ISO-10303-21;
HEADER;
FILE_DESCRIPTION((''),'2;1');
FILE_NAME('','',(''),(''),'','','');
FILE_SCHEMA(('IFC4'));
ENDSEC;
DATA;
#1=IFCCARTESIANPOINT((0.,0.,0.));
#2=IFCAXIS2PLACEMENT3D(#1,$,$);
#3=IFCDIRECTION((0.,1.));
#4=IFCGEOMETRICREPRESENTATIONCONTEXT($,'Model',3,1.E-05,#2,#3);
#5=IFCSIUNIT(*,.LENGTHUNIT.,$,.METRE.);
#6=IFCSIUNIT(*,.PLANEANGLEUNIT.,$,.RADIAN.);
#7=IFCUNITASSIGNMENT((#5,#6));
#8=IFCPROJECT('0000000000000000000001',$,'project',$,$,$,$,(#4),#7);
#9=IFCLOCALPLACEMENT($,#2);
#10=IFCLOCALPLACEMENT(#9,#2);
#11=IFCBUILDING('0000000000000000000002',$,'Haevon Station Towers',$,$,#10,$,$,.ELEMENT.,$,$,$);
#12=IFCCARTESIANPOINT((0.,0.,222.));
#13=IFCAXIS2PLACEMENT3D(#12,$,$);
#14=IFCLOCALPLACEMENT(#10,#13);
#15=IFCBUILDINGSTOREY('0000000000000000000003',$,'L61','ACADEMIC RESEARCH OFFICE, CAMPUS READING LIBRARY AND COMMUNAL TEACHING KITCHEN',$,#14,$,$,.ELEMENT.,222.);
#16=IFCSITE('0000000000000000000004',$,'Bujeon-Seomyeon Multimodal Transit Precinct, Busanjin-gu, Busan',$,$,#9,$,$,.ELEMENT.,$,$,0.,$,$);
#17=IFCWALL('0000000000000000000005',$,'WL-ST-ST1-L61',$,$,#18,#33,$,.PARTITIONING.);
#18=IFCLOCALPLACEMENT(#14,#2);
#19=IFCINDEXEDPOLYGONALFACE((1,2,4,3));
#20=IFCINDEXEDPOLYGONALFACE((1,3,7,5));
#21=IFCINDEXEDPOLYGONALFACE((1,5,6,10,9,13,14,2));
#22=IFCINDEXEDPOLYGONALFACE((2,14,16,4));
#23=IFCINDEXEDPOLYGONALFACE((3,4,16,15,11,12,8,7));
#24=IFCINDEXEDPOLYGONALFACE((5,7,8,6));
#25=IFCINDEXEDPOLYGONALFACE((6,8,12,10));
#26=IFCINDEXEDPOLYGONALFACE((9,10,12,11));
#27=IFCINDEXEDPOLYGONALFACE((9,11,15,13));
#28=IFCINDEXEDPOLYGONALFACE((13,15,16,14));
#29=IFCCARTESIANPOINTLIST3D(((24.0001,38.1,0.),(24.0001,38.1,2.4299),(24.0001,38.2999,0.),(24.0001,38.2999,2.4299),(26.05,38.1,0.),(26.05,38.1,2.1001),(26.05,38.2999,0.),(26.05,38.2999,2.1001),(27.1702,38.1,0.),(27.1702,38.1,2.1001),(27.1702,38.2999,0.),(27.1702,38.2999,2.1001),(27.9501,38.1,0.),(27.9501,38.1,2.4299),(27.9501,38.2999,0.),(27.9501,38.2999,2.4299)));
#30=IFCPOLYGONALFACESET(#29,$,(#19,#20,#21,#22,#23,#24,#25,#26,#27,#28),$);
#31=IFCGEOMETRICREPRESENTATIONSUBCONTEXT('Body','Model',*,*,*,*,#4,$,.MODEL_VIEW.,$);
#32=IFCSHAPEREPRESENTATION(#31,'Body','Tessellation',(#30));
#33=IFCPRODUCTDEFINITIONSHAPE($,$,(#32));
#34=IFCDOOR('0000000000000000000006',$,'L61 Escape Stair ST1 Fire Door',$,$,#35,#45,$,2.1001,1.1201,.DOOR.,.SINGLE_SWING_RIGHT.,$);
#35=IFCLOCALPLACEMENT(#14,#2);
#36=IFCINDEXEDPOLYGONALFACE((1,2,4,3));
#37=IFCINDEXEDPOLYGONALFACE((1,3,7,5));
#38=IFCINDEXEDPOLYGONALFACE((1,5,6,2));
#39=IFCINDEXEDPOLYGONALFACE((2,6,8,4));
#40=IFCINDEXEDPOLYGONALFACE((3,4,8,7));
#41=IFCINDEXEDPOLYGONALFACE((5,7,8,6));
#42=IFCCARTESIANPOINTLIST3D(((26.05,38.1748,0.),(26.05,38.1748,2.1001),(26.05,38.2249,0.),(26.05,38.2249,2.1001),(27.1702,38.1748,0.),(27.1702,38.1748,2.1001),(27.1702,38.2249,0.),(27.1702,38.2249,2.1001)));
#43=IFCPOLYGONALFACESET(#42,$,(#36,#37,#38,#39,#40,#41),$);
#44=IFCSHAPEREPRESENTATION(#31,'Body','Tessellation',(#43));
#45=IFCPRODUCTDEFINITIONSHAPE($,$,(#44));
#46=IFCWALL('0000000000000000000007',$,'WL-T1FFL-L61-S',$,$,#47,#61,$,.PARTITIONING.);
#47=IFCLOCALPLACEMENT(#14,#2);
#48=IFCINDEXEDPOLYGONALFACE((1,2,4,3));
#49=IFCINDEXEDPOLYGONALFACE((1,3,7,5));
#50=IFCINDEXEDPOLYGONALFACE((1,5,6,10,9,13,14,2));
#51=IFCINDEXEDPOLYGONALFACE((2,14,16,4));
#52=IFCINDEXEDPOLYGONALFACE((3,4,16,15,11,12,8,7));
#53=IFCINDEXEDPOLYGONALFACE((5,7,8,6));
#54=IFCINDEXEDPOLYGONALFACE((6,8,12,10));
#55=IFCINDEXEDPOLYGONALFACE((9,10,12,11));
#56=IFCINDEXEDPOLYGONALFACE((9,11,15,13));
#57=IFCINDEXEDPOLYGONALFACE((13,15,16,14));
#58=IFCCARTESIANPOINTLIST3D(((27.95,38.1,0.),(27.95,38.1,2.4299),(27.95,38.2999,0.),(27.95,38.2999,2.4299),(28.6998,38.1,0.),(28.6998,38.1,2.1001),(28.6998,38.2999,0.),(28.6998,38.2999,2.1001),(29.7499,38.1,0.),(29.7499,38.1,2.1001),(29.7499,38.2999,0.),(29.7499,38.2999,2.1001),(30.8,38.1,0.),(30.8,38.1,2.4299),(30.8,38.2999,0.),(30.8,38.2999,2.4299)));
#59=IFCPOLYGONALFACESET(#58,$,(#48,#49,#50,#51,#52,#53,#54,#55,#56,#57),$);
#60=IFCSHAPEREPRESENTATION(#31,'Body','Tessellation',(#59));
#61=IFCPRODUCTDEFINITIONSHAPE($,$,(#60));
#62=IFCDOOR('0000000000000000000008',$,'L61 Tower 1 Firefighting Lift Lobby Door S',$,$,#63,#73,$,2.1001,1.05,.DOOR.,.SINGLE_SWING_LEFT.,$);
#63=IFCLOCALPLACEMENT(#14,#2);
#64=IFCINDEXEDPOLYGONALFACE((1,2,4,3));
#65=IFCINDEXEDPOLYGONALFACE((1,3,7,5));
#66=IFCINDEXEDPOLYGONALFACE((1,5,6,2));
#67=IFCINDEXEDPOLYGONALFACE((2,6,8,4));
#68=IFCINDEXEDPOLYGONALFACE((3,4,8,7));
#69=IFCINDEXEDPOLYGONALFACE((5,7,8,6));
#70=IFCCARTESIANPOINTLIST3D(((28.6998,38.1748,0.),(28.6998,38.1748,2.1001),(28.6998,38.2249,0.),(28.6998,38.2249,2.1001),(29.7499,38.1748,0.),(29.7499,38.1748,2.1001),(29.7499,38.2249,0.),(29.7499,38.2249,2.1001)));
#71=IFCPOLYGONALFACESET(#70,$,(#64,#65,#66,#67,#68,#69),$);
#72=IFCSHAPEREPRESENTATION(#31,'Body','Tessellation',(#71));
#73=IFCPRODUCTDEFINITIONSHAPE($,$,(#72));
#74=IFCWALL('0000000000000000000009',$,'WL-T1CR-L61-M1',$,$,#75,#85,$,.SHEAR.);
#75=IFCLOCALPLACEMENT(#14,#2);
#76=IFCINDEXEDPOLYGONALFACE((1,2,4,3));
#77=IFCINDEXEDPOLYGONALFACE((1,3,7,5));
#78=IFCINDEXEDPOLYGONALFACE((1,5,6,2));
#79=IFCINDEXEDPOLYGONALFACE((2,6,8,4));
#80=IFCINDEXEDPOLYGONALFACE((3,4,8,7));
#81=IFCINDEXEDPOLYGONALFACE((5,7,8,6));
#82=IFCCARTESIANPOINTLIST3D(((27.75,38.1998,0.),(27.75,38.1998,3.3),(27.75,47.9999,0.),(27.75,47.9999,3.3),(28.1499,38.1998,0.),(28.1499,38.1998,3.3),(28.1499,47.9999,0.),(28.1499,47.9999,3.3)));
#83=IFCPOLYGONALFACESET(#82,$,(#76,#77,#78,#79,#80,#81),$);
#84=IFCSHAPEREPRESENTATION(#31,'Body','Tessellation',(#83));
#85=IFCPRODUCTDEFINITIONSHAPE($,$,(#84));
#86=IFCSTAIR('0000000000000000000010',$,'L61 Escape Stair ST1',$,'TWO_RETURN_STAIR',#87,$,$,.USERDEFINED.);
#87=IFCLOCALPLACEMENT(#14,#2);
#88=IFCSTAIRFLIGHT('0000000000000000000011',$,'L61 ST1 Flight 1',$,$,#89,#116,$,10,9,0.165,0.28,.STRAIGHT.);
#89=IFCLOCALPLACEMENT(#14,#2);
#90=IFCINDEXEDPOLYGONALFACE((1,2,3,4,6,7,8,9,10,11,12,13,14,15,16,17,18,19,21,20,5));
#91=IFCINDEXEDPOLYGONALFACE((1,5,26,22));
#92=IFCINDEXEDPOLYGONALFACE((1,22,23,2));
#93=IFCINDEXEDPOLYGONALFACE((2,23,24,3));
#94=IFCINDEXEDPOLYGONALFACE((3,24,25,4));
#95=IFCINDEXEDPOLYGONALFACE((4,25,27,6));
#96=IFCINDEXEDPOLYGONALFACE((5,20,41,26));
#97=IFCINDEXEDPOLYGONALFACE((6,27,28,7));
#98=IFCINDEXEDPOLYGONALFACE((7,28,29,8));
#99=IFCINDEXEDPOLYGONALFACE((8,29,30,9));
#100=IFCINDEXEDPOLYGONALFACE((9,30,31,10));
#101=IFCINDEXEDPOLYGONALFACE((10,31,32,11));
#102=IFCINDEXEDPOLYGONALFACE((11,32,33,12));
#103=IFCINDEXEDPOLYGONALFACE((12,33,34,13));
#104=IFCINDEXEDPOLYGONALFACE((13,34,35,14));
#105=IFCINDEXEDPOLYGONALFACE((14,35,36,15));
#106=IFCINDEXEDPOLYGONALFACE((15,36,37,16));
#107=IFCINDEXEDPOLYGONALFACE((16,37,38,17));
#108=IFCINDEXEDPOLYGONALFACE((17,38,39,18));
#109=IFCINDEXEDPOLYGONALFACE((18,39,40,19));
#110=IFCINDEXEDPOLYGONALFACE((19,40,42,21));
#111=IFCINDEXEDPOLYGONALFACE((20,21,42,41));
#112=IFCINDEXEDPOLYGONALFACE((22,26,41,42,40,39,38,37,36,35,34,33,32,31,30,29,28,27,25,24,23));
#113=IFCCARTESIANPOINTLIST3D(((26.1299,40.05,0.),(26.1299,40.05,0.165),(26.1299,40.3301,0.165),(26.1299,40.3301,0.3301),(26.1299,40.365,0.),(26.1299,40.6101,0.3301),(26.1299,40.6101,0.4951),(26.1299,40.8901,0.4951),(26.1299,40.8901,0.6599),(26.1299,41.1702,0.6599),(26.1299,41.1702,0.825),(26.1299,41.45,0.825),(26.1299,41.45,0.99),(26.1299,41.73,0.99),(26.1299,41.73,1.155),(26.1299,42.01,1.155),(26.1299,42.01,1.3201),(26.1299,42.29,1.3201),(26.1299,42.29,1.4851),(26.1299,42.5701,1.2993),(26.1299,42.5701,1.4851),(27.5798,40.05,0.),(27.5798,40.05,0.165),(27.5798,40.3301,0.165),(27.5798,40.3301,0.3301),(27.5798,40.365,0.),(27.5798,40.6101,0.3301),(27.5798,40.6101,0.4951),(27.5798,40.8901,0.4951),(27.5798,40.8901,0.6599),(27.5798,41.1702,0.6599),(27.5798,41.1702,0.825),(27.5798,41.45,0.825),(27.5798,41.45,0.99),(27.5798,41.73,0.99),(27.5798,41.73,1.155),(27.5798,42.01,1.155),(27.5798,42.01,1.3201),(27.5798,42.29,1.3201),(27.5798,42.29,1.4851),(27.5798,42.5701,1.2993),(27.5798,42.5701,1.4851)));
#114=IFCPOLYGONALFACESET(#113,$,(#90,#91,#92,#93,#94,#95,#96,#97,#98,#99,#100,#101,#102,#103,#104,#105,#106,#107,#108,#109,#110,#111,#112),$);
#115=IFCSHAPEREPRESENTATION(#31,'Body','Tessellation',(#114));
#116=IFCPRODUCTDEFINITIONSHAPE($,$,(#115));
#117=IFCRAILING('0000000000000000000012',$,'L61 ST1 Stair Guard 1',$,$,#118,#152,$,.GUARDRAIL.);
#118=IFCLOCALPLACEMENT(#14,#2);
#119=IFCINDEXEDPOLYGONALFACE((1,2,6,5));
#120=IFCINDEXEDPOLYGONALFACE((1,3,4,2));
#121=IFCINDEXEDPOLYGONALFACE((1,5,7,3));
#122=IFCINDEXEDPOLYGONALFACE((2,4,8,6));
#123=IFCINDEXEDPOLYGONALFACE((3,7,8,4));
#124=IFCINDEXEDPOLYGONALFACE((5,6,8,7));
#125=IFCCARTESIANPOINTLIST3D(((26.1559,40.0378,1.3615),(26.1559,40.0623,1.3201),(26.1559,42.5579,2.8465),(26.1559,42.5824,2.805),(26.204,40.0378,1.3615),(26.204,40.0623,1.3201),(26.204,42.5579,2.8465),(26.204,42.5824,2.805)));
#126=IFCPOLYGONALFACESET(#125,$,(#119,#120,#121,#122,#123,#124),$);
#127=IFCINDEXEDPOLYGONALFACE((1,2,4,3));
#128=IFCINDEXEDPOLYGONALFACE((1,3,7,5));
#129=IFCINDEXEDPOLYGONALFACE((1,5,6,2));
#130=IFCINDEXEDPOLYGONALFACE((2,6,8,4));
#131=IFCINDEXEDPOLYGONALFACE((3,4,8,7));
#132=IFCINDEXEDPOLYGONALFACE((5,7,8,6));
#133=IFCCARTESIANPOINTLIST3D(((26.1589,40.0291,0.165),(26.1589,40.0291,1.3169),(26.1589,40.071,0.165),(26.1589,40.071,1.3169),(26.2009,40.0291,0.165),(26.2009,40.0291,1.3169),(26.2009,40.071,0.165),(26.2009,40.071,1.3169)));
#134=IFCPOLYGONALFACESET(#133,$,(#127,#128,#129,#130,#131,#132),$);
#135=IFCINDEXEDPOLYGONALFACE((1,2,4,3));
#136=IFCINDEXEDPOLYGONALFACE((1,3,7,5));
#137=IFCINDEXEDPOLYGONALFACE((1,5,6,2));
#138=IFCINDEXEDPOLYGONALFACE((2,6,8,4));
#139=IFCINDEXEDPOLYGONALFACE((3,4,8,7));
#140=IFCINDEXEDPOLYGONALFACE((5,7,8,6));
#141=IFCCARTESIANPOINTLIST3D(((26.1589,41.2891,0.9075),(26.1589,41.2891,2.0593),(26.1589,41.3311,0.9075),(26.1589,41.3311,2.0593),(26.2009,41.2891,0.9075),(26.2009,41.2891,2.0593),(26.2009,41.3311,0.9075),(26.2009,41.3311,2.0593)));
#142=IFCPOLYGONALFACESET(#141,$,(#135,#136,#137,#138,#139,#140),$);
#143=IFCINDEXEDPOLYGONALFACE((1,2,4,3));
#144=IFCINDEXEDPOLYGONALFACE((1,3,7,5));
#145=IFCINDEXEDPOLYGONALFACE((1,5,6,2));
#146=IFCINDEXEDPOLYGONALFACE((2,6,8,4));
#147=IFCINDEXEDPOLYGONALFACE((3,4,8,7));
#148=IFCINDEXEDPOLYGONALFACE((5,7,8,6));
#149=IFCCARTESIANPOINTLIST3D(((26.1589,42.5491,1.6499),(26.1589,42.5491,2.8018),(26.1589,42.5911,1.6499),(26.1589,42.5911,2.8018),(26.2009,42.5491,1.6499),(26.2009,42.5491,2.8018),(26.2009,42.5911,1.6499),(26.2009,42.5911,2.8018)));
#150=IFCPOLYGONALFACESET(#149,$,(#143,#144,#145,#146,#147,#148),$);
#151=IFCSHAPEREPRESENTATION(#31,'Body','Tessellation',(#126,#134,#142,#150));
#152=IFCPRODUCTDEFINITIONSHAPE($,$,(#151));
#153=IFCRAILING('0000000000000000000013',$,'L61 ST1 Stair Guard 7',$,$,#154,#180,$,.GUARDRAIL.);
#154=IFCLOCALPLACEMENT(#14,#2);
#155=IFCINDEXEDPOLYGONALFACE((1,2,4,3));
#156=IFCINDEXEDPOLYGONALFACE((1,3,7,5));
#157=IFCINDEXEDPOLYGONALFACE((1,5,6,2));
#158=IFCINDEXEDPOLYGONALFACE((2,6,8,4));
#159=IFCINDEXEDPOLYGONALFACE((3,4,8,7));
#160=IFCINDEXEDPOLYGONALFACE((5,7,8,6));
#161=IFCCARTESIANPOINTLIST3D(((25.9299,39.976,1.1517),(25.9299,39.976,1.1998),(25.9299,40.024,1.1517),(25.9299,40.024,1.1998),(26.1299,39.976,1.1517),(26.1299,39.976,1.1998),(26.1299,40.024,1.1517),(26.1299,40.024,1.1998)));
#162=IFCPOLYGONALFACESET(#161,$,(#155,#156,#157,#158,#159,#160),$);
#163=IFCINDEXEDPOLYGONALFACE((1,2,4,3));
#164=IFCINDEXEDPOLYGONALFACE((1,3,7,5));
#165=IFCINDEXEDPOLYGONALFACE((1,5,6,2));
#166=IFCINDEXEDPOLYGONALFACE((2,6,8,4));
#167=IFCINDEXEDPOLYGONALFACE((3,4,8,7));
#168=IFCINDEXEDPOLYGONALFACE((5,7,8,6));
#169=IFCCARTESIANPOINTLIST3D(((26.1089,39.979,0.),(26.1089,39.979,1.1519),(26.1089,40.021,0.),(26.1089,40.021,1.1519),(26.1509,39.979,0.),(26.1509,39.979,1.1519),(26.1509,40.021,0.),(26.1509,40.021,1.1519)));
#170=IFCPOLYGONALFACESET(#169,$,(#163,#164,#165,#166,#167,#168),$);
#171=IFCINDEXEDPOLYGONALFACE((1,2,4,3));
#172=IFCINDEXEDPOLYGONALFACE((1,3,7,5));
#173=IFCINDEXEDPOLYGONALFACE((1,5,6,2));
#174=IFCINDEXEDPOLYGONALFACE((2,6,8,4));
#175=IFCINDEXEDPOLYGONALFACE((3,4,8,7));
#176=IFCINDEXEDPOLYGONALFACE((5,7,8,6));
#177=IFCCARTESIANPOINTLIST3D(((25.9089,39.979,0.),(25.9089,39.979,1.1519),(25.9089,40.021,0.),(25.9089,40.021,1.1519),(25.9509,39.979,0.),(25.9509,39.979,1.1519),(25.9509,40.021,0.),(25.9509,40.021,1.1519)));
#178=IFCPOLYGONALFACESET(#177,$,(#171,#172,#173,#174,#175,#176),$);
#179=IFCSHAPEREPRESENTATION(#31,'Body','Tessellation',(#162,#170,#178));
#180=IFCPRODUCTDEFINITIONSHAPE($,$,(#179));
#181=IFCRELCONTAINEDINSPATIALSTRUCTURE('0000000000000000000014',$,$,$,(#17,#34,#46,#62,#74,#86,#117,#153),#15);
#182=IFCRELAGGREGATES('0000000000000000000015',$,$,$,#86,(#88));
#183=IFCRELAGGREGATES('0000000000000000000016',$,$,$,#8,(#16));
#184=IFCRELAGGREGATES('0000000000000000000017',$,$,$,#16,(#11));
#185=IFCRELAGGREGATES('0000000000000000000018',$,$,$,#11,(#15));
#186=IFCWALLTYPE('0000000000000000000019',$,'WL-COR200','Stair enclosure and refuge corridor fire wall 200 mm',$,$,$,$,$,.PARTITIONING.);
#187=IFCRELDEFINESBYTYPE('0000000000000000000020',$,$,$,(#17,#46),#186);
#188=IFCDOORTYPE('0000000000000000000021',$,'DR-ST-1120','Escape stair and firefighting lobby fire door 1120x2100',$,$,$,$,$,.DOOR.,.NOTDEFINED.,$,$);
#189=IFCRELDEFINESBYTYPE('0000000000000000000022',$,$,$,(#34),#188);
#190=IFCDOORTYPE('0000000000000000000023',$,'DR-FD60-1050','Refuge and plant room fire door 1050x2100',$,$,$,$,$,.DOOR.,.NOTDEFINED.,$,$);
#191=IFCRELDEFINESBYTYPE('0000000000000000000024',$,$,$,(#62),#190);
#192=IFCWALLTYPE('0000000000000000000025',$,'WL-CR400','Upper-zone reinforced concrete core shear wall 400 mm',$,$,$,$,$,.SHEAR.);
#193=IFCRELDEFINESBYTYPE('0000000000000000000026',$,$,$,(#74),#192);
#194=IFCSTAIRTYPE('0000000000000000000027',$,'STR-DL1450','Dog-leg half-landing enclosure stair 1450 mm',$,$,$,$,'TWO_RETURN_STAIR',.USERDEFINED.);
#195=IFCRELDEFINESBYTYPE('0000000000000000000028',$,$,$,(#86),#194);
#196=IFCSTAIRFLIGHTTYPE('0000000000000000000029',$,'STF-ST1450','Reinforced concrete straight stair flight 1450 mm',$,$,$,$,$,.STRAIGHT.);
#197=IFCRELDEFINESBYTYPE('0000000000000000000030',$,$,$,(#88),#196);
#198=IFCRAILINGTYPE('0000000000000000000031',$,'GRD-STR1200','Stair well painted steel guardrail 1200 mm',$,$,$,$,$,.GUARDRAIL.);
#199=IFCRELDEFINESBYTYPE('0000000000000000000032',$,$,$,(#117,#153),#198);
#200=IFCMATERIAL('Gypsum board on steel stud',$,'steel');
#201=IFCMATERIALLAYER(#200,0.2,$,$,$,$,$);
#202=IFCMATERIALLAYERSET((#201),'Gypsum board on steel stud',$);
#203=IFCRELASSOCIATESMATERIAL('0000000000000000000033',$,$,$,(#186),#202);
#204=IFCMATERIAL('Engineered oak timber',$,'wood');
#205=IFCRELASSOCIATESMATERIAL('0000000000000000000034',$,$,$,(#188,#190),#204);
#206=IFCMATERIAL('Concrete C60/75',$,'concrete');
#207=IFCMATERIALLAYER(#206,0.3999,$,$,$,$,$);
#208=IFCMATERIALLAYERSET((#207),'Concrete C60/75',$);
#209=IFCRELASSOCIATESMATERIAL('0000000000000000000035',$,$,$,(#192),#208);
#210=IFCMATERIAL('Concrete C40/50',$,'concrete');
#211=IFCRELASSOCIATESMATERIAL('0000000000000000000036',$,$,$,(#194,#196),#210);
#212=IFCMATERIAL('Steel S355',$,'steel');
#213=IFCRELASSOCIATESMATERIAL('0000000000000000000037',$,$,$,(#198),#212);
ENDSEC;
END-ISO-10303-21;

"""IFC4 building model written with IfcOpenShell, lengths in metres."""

from ifc_helpers import new_model, si_unit, direction, frame, frame_2d, origin, origin_2d, place, context, subcontext, project, spatial, polyline, rectangle, outline, extrude, material, layer, layer_set, type_object, element, fill, aggregate, save


model = new_model("IFC4")

# Units and contexts
model_context = context("Model", 3, precision=1e-05, world=origin(), true_north=direction((0.0, 1.0)))
body_context = subcontext(model_context, "Body", "Model", "MODEL_VIEW")
ifc_project = project(units=[si_unit("LENGTHUNIT", "METRE"), si_unit("PLANEANGLEUNIT", "RADIAN")], contexts=[model_context])

# Site, building, storey
site_placement = place(None, origin())
site = spatial("IfcSite", under=ifc_project, at=site_placement, Name="Bujeon-Seomyeon Multimodal Transit Precinct, Busanjin-gu, Busan", CompositionType="ELEMENT", RefElevation=0.0)
building_placement = place(site_placement, origin())
building = spatial("IfcBuilding", under=site, at=building_placement, Name="Haevon Station Towers", CompositionType="ELEMENT")
storey_placement = place(building_placement, frame((0.0, 0.0, 222.0)))
storey = spatial("IfcBuildingStorey", under=building, at=storey_placement, Name="L61", Description="ACADEMIC RESEARCH OFFICE, CAMPUS READING LIBRARY AND COMMUNAL TEACHING KITCHEN", CompositionType="ELEMENT", Elevation=222.0)

# Walls, openings, doors
ifc_material_1 = material(Name="Gypsum board on steel stud", Category="steel")
ifc_layer_1 = layer(ifc_material_1, 0.2)
ifc_layer_set_1 = layer_set([ifc_layer_1], Name="Gypsum board on steel stud")
wall_type_1 = type_object("IfcWallType", Name="WL-COR200", Description="Stair enclosure and refuge corridor fire wall 200 mm", PredefinedType="PARTITIONING", material=ifc_layer_set_1)
wall_1_placement = place(storey_placement, frame((24.0, 38.2, 0.0), z_axis=(0.0, 0.0, 1.0), x_axis=(1.0, 0.0, 0.0)))
wall_1 = element("IfcWall", 1, at=wall_1_placement, inside=storey, type_object=wall_type_1, Name="WL-ST-ST1-L61", PredefinedType="PARTITIONING", context=body_context, shape_type="SweptSolid", body=[
    extrude(rectangle(XDim=3.95, YDim=0.2, at=frame_2d((1.9751, 0.0))), origin(), (0.0, 0.0, 1.0), 2.4299),
])
opening_1_placement = place(wall_1_placement, frame((2.05, 0.0, 0.0)))
opening_1 = element("IfcOpeningElement", 2, at=opening_1_placement, cuts=wall_1, PredefinedType="OPENING", context=body_context, shape_type="SweptSolid", body=[
    extrude(rectangle(XDim=1.1201, YDim=2.1001, at=frame_2d((0.5601, 1.05))), frame((0.0, 0.1099, 0.0), z_axis=(0.0, -1.0, 0.0), x_axis=(1.0, 0.0, 0.0)), (0.0, 0.0, 1.0), 0.22),
])
ifc_material_2 = material(Name="Engineered oak timber", Category="wood")
door_type_1 = type_object("IfcDoorType", Name="DR-ST-1120", Description="Escape stair and firefighting lobby fire door 1120x2100", OperationType="NOTDEFINED", PredefinedType="DOOR", material=ifc_material_2)
door_1_placement = place(opening_1_placement, origin())
door_1 = element("IfcDoor", 3, at=door_1_placement, inside=storey, type_object=door_type_1, Name="L61 Escape Stair ST1 Fire Door", OperationType="SINGLE_SWING_RIGHT", OverallHeight=2.1001, OverallWidth=1.1201, PredefinedType="DOOR", context=body_context, shape_type="SweptSolid", body=[
    extrude(rectangle(XDim=1.1201, YDim=2.1001, at=frame_2d((0.5601, 1.05))), frame((0.0, 0.0249, 0.0), z_axis=(0.0, -1.0, 0.0), x_axis=(1.0, 0.0, 0.0)), (0.0, 0.0, 1.0), 0.05),
])
fill(opening_1, door_1)
wall_2_placement = place(storey_placement, frame((27.95, 38.2, 0.0), z_axis=(0.0, 0.0, 1.0), x_axis=(1.0, 0.0, 0.0)))
wall_2 = element("IfcWall", 4, at=wall_2_placement, inside=storey, type_object=wall_type_1, Name="WL-T1FFL-L61-S", PredefinedType="PARTITIONING", context=body_context, shape_type="SweptSolid", body=[
    extrude(rectangle(XDim=2.8501, YDim=0.2, at=frame_2d((1.425, 0.0))), origin(), (0.0, 0.0, 1.0), 2.4299),
])
opening_2_placement = place(wall_2_placement, frame((0.75, 0.0, 0.0)))
opening_2 = element("IfcOpeningElement", 5, at=opening_2_placement, cuts=wall_2, PredefinedType="OPENING", context=body_context, shape_type="SweptSolid", body=[
    extrude(rectangle(XDim=1.05, YDim=2.1001, at=frame_2d((0.5249, 1.05))), frame((0.0, 0.1099, 0.0), z_axis=(0.0, -1.0, 0.0), x_axis=(1.0, 0.0, 0.0)), (0.0, 0.0, 1.0), 0.22),
])
door_type_2 = type_object("IfcDoorType", Name="DR-FD60-1050", Description="Refuge and plant room fire door 1050x2100", OperationType="NOTDEFINED", PredefinedType="DOOR", material=ifc_material_2)
door_2_placement = place(opening_2_placement, origin())
door_2 = element("IfcDoor", 6, at=door_2_placement, inside=storey, type_object=door_type_2, Name="L61 Tower 1 Firefighting Lift Lobby Door S", OperationType="SINGLE_SWING_LEFT", OverallHeight=2.1001, OverallWidth=1.05, PredefinedType="DOOR", context=body_context, shape_type="SweptSolid", body=[
    extrude(rectangle(XDim=1.05, YDim=2.1001, at=frame_2d((0.5249, 1.05))), frame((0.0, 0.0249, 0.0), z_axis=(0.0, -1.0, 0.0), x_axis=(1.0, 0.0, 0.0)), (0.0, 0.0, 1.0), 0.05),
])
fill(opening_2, door_2)

# Wall
ifc_material_3 = material(Name="Concrete C60/75", Category="concrete")
ifc_layer_2 = layer(ifc_material_3, 0.3999)
ifc_layer_set_2 = layer_set([ifc_layer_2], Name="Concrete C60/75")
wall_type_2 = type_object("IfcWallType", Name="WL-CR400", Description="Upper-zone reinforced concrete core shear wall 400 mm", PredefinedType="SHEAR", material=ifc_layer_set_2)
wall_3_placement = place(storey_placement, frame((27.95, 38.2, 0.0), z_axis=(0.0, 0.0, 1.0), x_axis=(0.0, 1.0, 0.0)))
element("IfcWall", 7, at=wall_3_placement, inside=storey, type_object=wall_type_2, Name="WL-T1CR-L61-M1", PredefinedType="SHEAR", context=body_context, shape_type="SweptSolid", body=[
    extrude(rectangle(XDim=9.8, YDim=0.3999, at=frame_2d((4.8999, 0.0))), origin(), (0.0, 0.0, 1.0), 3.3),
])

# Stair, stair flight
ifc_material_4 = material(Name="Concrete C40/50", Category="concrete")
stair_type = type_object("IfcStairType", Name="STR-DL1450", Description="Dog-leg half-landing enclosure stair 1450 mm", ElementType="TWO_RETURN_STAIR", PredefinedType="USERDEFINED", material=ifc_material_4)
stair_placement = place(storey_placement, origin())
stair = element("IfcStair", 8, at=stair_placement, inside=storey, type_object=stair_type, Name="L61 Escape Stair ST1", ObjectType="TWO_RETURN_STAIR", PredefinedType="USERDEFINED")
stair_flight_type = type_object("IfcStairFlightType", Name="STF-ST1450", Description="Reinforced concrete straight stair flight 1450 mm", PredefinedType="STRAIGHT", material=ifc_material_4)
stair_flight_placement = place(storey_placement, frame((26.855, 40.05, 0.0), z_axis=(0.0, 0.0, 1.0), x_axis=(0.0, 1.0, 0.0)))
stair_flight = element("IfcStairFlight", 9, at=stair_flight_placement, type_object=stair_flight_type, Name="L61 ST1 Flight 1", NumberOfRisers=10, NumberOfTreads=9, PredefinedType="STRAIGHT", RiserHeight=0.165, TreadLength=0.28, context=body_context, shape_type="SweptSolid", body=[
    extrude(outline(polyline([(0.0, 0.0), (0.0, 0.165), (0.28, 0.165), (0.28, 0.3301), (0.5601, 0.3301), (0.5601, 0.4951), (0.8401, 0.4951), (0.8401, 0.6599), (1.1201, 0.6599), (1.1201, 0.825), (1.3999, 0.825), (1.3999, 0.99), (1.6799, 0.99), (1.6799, 1.155), (1.96, 1.155), (1.96, 1.3201), (2.24, 1.3201), (2.24, 1.4851), (2.52, 1.4851), (2.52, 1.6499), (2.52, 1.2993), (0.3149, 0.0), (0.0, 0.0)])), frame((0.0, 0.7251, 0.0), z_axis=(0.0, -1.0, 0.0), x_axis=(1.0, 0.0, 0.0)), (0.0, 0.0, 1.0), 1.45),
])
aggregate(stair, [stair_flight])

# Railings
ifc_material_5 = material(Name="Steel S355", Category="steel")
railing_type_1 = type_object("IfcRailingType", Name="GRD-STR1200", Description="Stair well painted steel guardrail 1200 mm", PredefinedType="GUARDRAIL", material=ifc_material_5)
railing_1_placement = place(storey_placement, frame((26.1799, 40.05, 0.165)))
element("IfcRailing", 10, at=railing_1_placement, inside=storey, type_object=railing_type_1, Name="L61 ST1 Stair Guard 1", PredefinedType="GUARDRAIL", context=body_context, shape_type="SweptSolid", body=[
    extrude(rectangle(XDim=0.0481, YDim=0.0481, at=origin_2d()), frame((0.0, 0.0, 1.1758), z_axis=(0.0, 0.861561, 0.507655), x_axis=(-1.0, 0.0, 0.0)), (0.0, 0.0, 1.0), 2.925),
    extrude(rectangle(XDim=0.042, YDim=0.042, at=origin_2d()), origin(), (0.0, 0.0, 1.0), 1.1519),
    extrude(rectangle(XDim=0.042, YDim=0.042, at=origin_2d()), frame((0.0, 1.26, 0.7424)), (0.0, 0.0, 1.0), 1.1519),
    extrude(rectangle(XDim=0.042, YDim=0.042, at=origin_2d()), frame((0.0, 2.52, 1.4849)), (0.0, 0.0, 1.0), 1.1519),
])
railing_2_placement = place(storey_placement, frame((26.1299, 40.0, 0.0)))
element("IfcRailing", 11, at=railing_2_placement, inside=storey, type_object=railing_type_1, Name="L61 ST1 Stair Guard 7", PredefinedType="GUARDRAIL", context=body_context, shape_type="SweptSolid", body=[
    extrude(rectangle(XDim=0.0481, YDim=0.0481, at=origin_2d()), frame((0.0, 0.0, 1.1758), z_axis=(-1.0, 0.0, 0.0), x_axis=(0.0, -1.0, 0.0)), (0.0, 0.0, 1.0), 0.2),
    extrude(rectangle(XDim=0.042, YDim=0.042, at=origin_2d()), origin(), (0.0, 0.0, 1.0), 1.1519),
    extrude(rectangle(XDim=0.042, YDim=0.042, at=origin_2d()), frame((-0.2, 0.0, 0.0)), (0.0, 0.0, 1.0), 1.1519),
])

save(model, "model.ifc")
